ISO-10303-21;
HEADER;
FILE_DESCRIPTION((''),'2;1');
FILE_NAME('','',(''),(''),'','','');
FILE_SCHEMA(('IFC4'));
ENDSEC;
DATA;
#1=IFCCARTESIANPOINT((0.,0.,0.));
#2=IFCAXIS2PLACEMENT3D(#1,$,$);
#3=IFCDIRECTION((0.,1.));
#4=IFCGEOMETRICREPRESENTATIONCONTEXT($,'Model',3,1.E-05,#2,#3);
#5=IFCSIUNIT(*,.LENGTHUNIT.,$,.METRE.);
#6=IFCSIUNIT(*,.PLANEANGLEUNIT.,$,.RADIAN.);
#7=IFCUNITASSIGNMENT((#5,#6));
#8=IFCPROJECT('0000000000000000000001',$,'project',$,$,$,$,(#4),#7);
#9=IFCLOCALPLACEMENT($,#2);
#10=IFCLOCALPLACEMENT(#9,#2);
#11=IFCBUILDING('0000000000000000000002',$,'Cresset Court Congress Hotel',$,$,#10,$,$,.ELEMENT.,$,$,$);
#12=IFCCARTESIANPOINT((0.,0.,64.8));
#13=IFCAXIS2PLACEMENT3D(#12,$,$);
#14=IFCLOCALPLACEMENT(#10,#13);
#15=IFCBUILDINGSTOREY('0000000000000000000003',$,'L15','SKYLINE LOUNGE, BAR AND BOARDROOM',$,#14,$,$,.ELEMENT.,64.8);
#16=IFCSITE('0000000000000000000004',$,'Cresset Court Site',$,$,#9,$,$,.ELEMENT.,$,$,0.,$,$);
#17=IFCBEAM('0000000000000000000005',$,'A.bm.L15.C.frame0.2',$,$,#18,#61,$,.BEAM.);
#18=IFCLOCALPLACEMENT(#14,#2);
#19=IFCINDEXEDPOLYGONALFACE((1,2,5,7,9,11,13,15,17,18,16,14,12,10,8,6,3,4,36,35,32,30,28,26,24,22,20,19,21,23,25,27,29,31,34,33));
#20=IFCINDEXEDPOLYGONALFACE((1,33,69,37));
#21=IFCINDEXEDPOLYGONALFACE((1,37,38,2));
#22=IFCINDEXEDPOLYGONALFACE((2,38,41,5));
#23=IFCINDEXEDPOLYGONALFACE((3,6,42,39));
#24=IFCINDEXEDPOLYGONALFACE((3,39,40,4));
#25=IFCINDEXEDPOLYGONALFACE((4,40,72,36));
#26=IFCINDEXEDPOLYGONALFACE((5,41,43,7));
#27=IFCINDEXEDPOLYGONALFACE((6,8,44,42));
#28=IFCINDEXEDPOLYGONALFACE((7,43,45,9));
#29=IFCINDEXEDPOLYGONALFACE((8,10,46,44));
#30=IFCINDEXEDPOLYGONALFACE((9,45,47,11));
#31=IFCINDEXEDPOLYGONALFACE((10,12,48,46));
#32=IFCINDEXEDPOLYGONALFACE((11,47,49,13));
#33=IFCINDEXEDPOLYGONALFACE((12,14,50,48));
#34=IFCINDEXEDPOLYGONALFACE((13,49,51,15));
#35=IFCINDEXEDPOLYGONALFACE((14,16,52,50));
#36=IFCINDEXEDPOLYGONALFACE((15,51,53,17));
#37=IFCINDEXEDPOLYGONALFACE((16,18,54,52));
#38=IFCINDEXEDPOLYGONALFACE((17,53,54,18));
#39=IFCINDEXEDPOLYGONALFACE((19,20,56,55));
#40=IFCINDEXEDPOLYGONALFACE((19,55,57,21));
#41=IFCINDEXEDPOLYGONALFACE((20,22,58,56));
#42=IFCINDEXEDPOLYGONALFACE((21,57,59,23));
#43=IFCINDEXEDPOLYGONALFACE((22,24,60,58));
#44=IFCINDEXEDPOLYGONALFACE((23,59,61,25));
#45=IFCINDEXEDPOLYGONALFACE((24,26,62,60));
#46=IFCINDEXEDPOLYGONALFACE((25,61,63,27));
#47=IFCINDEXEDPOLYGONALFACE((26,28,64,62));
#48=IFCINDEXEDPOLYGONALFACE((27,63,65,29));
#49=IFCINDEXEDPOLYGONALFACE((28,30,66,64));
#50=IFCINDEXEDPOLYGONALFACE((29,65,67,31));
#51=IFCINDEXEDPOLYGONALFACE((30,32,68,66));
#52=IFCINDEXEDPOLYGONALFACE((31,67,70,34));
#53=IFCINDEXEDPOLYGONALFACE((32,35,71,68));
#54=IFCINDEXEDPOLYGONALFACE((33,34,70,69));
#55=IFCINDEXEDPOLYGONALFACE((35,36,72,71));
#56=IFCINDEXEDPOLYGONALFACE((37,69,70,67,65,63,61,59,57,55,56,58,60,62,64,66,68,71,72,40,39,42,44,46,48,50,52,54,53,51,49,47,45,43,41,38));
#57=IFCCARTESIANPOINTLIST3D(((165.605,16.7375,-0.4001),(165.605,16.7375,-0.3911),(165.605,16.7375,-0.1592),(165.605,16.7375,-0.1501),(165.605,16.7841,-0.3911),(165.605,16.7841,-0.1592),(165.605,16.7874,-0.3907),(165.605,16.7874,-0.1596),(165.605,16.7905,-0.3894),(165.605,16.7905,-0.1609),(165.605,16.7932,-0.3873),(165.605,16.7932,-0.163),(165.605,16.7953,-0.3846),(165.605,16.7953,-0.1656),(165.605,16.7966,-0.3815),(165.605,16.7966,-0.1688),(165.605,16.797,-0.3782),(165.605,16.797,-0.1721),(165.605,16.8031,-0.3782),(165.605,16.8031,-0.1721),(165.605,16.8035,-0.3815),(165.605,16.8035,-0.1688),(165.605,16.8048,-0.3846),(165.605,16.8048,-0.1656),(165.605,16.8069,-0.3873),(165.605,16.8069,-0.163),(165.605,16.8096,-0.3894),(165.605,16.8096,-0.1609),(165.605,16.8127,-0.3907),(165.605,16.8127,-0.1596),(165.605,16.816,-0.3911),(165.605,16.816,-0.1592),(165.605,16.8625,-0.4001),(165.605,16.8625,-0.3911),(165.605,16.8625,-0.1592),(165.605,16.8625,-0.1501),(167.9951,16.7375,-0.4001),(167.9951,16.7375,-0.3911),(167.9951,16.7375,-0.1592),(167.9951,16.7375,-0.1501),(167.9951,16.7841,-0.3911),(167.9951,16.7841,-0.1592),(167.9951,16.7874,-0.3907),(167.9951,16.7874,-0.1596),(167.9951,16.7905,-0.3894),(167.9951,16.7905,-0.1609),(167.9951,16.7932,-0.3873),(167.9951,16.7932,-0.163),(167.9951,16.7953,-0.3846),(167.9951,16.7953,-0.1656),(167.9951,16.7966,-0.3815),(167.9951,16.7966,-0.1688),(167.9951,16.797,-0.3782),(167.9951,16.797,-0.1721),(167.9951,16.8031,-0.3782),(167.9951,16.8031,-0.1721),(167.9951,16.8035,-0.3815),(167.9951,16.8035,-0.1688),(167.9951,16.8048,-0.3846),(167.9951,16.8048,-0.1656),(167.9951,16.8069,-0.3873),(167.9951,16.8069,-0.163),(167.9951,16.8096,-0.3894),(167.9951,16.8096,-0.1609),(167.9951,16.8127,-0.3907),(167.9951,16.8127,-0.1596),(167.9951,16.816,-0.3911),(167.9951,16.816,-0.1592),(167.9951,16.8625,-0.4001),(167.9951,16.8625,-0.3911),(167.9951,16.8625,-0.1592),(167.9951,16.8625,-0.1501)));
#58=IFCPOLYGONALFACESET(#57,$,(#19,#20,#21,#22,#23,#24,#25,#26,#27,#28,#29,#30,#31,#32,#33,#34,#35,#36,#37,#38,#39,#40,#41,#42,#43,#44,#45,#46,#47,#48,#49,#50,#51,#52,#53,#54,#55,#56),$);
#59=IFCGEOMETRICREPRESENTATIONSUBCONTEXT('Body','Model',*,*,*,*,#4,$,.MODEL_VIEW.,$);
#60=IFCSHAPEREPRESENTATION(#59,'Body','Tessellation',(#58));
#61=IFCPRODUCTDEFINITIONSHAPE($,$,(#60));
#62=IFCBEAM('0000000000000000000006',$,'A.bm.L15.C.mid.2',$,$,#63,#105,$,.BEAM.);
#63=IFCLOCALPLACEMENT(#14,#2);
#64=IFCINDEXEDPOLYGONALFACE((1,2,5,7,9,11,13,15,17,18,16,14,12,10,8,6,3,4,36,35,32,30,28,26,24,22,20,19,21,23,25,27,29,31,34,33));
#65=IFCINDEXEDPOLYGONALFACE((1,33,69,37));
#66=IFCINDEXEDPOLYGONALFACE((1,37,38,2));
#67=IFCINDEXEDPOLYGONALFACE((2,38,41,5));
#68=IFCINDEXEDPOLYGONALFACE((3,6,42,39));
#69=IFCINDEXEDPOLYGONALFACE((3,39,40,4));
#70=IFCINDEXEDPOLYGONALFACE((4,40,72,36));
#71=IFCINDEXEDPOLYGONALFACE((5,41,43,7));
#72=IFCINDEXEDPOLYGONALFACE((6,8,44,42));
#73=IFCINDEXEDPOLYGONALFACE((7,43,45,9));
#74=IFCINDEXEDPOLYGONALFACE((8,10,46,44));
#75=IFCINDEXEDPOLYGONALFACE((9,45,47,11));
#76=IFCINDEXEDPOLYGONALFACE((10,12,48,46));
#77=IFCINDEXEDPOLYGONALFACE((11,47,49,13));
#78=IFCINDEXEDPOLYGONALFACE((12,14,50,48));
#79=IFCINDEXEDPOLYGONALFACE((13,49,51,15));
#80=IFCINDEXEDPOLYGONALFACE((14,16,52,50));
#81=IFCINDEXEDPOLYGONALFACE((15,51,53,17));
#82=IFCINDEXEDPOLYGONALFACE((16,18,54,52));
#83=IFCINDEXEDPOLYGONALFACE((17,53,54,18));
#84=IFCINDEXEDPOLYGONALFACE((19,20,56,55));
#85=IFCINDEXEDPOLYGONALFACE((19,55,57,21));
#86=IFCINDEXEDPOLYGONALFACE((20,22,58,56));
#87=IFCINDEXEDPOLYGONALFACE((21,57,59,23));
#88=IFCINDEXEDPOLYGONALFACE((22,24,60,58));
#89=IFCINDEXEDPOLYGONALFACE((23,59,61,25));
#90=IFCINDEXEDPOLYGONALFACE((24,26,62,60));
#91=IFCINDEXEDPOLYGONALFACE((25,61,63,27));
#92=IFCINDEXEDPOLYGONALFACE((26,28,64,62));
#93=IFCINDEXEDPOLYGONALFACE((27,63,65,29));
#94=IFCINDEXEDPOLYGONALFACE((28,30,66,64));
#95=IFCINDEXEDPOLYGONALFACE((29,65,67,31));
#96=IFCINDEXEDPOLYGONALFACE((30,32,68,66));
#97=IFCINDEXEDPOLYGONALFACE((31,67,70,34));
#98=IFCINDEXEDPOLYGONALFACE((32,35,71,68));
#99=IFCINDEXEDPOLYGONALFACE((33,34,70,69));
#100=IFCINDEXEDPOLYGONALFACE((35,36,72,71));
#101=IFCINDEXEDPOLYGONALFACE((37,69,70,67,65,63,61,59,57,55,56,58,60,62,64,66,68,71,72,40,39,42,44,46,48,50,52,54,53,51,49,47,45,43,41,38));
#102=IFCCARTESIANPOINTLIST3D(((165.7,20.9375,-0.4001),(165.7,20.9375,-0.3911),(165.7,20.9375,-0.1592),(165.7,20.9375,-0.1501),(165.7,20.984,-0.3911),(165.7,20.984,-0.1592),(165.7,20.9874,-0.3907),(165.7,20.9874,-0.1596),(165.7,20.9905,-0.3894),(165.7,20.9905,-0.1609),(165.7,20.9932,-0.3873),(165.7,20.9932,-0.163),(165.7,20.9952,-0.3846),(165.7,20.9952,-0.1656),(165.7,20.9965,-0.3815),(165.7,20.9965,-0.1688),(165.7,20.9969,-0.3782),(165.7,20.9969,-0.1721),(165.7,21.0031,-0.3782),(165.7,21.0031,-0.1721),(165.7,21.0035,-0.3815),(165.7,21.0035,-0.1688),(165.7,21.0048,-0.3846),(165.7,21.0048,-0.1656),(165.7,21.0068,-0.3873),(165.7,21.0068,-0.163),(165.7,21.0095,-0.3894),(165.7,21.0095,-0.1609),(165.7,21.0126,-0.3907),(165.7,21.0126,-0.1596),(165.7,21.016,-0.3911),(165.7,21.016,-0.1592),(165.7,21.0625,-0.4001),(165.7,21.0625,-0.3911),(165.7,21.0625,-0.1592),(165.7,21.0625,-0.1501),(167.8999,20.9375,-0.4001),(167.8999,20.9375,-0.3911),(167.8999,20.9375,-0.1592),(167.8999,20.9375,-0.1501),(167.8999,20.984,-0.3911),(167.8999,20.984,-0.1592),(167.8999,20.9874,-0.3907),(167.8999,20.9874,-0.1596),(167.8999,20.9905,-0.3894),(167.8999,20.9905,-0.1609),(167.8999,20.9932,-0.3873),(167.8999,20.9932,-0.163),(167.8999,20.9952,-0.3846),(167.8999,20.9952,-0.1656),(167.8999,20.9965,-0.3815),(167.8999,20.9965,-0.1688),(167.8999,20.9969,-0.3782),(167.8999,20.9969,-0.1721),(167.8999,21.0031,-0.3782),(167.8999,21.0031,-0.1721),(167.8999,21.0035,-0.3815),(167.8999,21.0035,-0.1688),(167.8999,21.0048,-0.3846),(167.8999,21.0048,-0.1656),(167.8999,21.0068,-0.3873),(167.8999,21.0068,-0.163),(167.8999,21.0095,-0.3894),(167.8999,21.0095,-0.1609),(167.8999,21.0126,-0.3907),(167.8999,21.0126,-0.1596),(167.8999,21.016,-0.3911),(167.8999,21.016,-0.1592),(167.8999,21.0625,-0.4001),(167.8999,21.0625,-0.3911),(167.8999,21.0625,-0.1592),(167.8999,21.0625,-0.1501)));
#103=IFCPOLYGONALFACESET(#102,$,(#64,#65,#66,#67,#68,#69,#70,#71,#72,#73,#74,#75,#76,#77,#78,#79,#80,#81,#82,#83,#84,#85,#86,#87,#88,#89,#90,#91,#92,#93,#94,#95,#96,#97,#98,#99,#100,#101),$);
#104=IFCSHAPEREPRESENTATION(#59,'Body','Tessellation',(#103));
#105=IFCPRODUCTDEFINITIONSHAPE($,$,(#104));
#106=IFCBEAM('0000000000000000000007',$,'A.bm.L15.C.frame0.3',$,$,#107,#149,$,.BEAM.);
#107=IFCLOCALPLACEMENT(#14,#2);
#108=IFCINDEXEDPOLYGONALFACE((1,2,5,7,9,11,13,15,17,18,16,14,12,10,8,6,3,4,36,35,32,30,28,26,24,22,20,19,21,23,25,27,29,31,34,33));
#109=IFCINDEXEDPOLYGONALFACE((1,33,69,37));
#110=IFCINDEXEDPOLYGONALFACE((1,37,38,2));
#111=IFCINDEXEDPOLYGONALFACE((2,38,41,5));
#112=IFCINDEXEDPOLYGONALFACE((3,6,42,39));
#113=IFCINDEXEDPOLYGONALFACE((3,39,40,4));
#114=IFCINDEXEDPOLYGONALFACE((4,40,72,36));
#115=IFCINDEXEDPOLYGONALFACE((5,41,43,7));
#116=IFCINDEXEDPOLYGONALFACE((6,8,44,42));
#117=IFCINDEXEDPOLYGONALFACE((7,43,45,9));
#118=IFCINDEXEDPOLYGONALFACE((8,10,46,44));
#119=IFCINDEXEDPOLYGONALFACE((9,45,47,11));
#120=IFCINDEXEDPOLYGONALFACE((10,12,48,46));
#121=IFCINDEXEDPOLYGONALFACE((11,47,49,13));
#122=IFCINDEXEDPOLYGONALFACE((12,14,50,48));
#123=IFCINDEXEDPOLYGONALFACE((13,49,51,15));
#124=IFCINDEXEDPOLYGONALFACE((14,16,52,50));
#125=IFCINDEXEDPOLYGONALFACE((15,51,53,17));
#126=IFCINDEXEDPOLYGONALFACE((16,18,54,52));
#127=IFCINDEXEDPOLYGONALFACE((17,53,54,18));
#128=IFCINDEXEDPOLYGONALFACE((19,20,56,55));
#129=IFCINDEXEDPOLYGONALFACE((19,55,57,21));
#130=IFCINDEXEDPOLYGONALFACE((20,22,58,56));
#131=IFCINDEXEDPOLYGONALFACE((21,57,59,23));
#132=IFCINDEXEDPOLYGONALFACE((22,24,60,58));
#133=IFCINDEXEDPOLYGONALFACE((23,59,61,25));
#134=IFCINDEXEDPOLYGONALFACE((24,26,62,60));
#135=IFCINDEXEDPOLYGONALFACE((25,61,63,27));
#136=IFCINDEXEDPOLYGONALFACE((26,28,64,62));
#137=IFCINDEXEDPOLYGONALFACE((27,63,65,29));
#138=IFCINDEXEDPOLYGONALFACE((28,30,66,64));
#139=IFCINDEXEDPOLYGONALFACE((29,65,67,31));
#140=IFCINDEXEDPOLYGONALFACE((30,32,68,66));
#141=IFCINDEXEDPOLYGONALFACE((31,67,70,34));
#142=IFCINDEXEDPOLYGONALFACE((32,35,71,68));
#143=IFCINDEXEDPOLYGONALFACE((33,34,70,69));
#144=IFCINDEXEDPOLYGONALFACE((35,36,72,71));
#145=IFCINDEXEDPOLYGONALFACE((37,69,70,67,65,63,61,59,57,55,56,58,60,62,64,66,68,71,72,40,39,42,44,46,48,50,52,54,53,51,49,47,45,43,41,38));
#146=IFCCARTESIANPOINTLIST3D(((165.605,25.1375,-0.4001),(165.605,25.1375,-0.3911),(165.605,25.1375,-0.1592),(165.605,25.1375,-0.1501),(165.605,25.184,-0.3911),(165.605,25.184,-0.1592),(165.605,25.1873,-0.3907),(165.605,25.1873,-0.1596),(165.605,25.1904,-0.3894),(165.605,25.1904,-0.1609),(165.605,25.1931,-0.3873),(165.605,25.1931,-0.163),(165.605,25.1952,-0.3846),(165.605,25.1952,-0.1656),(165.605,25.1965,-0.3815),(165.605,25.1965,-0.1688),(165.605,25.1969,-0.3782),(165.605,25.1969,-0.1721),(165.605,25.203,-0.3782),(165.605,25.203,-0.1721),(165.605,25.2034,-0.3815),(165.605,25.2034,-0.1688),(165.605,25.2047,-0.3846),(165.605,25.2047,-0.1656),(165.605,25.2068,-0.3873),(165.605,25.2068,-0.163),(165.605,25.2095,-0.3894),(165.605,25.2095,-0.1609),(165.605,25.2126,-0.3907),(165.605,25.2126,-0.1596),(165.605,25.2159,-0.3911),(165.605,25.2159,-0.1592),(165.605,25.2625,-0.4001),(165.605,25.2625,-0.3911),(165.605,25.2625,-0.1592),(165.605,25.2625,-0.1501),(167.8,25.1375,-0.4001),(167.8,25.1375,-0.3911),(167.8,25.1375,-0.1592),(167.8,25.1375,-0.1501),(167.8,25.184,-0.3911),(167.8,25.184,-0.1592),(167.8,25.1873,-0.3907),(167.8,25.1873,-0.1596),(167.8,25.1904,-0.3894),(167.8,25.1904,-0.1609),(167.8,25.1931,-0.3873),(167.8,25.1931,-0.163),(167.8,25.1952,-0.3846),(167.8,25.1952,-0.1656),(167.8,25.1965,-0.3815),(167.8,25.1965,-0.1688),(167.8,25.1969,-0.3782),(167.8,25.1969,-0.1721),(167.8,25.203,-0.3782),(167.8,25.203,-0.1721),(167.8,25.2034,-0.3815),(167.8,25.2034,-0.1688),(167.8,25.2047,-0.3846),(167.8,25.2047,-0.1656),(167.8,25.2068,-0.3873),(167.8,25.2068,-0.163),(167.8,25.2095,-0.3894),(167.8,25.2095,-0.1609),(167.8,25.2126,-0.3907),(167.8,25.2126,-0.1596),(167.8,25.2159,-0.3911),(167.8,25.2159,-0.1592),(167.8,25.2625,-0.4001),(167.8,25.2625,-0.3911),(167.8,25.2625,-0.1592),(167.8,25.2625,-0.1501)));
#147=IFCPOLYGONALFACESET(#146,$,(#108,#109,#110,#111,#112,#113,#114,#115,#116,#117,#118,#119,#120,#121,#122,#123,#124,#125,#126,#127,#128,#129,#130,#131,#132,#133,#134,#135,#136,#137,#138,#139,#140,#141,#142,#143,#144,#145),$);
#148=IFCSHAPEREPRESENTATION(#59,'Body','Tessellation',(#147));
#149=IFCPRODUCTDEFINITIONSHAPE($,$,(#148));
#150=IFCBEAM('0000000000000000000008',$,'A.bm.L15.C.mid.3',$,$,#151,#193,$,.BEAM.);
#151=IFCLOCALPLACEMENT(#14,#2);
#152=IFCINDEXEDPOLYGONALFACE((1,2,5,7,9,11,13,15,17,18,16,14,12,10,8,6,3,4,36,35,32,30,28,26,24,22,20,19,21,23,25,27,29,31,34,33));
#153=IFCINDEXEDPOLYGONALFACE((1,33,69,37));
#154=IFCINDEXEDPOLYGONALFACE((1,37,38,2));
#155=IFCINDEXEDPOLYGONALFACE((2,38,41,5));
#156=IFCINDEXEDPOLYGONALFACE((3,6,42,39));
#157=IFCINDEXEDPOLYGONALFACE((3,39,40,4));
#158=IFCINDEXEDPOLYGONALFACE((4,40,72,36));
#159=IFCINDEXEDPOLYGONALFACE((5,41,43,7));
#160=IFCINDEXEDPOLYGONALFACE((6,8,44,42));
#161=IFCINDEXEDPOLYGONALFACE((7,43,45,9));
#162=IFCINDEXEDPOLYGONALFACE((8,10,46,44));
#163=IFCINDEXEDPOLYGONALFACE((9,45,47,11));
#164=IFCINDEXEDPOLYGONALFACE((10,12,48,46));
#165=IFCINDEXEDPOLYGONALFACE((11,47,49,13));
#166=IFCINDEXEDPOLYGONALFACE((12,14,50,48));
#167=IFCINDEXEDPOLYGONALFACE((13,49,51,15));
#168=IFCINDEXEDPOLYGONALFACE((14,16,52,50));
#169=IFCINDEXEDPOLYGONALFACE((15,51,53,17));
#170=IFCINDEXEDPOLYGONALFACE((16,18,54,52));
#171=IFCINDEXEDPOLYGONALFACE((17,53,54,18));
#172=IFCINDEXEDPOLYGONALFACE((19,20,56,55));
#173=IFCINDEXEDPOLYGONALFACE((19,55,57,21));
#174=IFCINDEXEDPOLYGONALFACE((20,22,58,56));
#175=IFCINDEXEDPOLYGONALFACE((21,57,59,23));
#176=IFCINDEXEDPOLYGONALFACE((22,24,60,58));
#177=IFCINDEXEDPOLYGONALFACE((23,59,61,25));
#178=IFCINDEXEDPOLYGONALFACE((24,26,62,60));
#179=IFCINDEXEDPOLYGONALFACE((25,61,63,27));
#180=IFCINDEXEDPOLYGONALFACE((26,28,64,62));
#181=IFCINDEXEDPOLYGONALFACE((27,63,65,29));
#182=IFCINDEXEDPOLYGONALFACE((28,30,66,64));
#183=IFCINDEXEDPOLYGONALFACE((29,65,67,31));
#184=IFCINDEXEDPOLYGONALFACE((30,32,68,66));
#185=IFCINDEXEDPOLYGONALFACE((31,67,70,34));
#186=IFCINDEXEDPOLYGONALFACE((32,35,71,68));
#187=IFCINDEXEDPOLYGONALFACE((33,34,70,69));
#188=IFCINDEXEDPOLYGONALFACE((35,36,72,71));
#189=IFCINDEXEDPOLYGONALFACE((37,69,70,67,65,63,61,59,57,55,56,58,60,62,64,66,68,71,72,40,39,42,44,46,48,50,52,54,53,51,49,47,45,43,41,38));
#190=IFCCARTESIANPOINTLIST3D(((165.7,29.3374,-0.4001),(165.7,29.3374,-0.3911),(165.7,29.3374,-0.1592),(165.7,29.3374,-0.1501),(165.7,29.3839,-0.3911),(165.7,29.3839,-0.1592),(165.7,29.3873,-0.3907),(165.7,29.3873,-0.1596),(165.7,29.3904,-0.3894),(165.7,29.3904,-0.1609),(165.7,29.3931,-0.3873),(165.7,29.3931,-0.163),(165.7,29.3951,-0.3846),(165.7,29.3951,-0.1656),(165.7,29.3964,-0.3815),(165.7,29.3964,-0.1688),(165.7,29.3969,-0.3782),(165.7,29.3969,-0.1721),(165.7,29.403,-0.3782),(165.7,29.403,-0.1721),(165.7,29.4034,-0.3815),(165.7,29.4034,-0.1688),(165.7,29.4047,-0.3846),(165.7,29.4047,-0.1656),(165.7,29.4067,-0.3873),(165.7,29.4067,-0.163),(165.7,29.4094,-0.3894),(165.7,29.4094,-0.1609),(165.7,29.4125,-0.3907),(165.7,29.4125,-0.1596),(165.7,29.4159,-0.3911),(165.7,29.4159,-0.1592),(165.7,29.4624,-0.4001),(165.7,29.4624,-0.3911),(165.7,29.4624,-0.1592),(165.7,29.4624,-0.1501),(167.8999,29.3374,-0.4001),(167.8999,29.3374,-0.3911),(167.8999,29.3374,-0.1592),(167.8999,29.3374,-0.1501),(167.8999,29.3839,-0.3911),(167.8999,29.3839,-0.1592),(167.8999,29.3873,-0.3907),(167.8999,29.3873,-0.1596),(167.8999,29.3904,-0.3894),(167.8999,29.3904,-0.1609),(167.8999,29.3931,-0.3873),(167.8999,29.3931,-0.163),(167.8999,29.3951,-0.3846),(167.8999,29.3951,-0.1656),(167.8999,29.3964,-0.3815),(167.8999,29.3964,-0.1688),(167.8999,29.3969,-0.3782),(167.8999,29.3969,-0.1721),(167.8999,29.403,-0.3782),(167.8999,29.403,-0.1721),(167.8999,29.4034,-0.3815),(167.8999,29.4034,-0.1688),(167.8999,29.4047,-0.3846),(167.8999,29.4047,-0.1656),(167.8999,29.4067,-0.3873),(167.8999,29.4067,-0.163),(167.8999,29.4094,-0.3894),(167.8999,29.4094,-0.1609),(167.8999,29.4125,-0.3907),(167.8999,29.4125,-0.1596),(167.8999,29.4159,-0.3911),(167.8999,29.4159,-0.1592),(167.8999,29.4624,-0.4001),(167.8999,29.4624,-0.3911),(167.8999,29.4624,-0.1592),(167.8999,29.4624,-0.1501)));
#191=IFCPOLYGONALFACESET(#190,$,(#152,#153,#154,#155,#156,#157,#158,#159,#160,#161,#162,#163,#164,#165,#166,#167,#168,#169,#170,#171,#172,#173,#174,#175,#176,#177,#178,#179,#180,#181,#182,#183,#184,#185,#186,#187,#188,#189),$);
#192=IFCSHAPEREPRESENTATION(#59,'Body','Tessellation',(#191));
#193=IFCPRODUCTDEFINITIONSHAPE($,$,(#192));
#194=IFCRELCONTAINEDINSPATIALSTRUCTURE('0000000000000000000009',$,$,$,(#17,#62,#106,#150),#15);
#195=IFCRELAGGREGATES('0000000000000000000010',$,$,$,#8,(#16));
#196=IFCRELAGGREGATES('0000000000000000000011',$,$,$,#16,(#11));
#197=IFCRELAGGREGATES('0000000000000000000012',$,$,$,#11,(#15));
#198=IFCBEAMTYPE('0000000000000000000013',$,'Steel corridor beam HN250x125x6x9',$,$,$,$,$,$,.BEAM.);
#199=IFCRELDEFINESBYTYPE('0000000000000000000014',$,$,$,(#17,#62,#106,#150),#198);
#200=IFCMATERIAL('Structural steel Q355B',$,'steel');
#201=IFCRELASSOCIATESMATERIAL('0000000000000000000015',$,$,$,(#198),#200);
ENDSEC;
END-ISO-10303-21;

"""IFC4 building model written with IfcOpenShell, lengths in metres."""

from ifc_helpers import new_model, si_unit, direction, frame, origin, origin_2d, place, context, subcontext, project, spatial, i_section, extrude, material, material_profile, profile_set, type_object, element, save


model = new_model("IFC4")

# Units and contexts
model_context = context("Model", 3, precision=1e-05, world=origin(), true_north=direction((0.0, 1.0)))
body_context = subcontext(model_context, "Body", "Model", "MODEL_VIEW")
ifc_project = project(units=[si_unit("LENGTHUNIT", "METRE"), si_unit("PLANEANGLEUNIT", "RADIAN")], contexts=[model_context])

# Site, building, storey
site_placement = place(None, origin())
site = spatial("IfcSite", under=ifc_project, at=site_placement, Name="Cresset Court Site", CompositionType="ELEMENT", RefElevation=0.0)
building_placement = place(site_placement, origin())
building = spatial("IfcBuilding", under=site, at=building_placement, Name="Cresset Court Congress Hotel", CompositionType="ELEMENT")
storey_placement = place(building_placement, frame((0.0, 0.0, 64.8)))
storey = spatial("IfcBuildingStorey", under=building, at=storey_placement, Name="L15", Description="SKYLINE LOUNGE, BAR AND BOARDROOM", CompositionType="ELEMENT", Elevation=64.8)

# Beams
ifc_material_1 = material(Name="Structural steel Q355B", Category="steel")
ifc_material_profile_1 = material_profile(ifc_material_1, i_section(OverallWidth=0.125, OverallDepth=0.25, WebThickness=0.0061, FlangeThickness=0.009, FilletRadius=0.0129, at=origin_2d()), Name="HN250x125x6x9")
ifc_profile_set_1 = profile_set([ifc_material_profile_1], Name="Structural steel Q355B")
beam_type_1 = type_object("IfcBeamType", Name="Steel corridor beam HN250x125x6x9", PredefinedType="BEAM", material=ifc_profile_set_1)
beam_1_placement = place(storey_placement, frame((165.605, 16.8, -0.2751), z_axis=(1.0, 0.0, 0.0), x_axis=(0.0, 1.0, 0.0)))
element("IfcBeam", 1, at=beam_1_placement, inside=storey, type_object=beam_type_1, Name="A.bm.L15.C.frame0.2", PredefinedType="BEAM", context=body_context, shape_type="SweptSolid", body=[
    extrude(i_section(OverallWidth=0.125, OverallDepth=0.25, WebThickness=0.0061, FlangeThickness=0.009, FilletRadius=0.0129, at=origin_2d()), origin(), (0.0, 0.0, 1.0), 2.3901),
])
beam_2_placement = place(storey_placement, frame((165.7, 21.0, -0.2751), z_axis=(1.0, 0.0, 0.0), x_axis=(0.0, 1.0, 0.0)))
element("IfcBeam", 2, at=beam_2_placement, inside=storey, type_object=beam_type_1, Name="A.bm.L15.C.mid.2", PredefinedType="BEAM", context=body_context, shape_type="SweptSolid", body=[
    extrude(i_section(OverallWidth=0.125, OverallDepth=0.25, WebThickness=0.0061, FlangeThickness=0.009, FilletRadius=0.0129, at=origin_2d()), origin(), (0.0, 0.0, 1.0), 2.2),
])
beam_3_placement = place(storey_placement, frame((165.605, 25.2, -0.2751), z_axis=(1.0, 0.0, 0.0), x_axis=(0.0, 1.0, 0.0)))
element("IfcBeam", 3, at=beam_3_placement, inside=storey, type_object=beam_type_1, Name="A.bm.L15.C.frame0.3", PredefinedType="BEAM", context=body_context, shape_type="SweptSolid", body=[
    extrude(i_section(OverallWidth=0.125, OverallDepth=0.25, WebThickness=0.0061, FlangeThickness=0.009, FilletRadius=0.0129, at=origin_2d()), origin(), (0.0, 0.0, 1.0), 2.1951),
])
beam_4_placement = place(storey_placement, frame((165.7, 29.3999, -0.2751), z_axis=(1.0, 0.0, 0.0), x_axis=(0.0, 1.0, 0.0)))
element("IfcBeam", 4, at=beam_4_placement, inside=storey, type_object=beam_type_1, Name="A.bm.L15.C.mid.3", PredefinedType="BEAM", context=body_context, shape_type="SweptSolid", body=[
    extrude(i_section(OverallWidth=0.125, OverallDepth=0.25, WebThickness=0.0061, FlangeThickness=0.009, FilletRadius=0.0129, at=origin_2d()), origin(), (0.0, 0.0, 1.0), 2.2),
])

save(model, "model.ifc")
